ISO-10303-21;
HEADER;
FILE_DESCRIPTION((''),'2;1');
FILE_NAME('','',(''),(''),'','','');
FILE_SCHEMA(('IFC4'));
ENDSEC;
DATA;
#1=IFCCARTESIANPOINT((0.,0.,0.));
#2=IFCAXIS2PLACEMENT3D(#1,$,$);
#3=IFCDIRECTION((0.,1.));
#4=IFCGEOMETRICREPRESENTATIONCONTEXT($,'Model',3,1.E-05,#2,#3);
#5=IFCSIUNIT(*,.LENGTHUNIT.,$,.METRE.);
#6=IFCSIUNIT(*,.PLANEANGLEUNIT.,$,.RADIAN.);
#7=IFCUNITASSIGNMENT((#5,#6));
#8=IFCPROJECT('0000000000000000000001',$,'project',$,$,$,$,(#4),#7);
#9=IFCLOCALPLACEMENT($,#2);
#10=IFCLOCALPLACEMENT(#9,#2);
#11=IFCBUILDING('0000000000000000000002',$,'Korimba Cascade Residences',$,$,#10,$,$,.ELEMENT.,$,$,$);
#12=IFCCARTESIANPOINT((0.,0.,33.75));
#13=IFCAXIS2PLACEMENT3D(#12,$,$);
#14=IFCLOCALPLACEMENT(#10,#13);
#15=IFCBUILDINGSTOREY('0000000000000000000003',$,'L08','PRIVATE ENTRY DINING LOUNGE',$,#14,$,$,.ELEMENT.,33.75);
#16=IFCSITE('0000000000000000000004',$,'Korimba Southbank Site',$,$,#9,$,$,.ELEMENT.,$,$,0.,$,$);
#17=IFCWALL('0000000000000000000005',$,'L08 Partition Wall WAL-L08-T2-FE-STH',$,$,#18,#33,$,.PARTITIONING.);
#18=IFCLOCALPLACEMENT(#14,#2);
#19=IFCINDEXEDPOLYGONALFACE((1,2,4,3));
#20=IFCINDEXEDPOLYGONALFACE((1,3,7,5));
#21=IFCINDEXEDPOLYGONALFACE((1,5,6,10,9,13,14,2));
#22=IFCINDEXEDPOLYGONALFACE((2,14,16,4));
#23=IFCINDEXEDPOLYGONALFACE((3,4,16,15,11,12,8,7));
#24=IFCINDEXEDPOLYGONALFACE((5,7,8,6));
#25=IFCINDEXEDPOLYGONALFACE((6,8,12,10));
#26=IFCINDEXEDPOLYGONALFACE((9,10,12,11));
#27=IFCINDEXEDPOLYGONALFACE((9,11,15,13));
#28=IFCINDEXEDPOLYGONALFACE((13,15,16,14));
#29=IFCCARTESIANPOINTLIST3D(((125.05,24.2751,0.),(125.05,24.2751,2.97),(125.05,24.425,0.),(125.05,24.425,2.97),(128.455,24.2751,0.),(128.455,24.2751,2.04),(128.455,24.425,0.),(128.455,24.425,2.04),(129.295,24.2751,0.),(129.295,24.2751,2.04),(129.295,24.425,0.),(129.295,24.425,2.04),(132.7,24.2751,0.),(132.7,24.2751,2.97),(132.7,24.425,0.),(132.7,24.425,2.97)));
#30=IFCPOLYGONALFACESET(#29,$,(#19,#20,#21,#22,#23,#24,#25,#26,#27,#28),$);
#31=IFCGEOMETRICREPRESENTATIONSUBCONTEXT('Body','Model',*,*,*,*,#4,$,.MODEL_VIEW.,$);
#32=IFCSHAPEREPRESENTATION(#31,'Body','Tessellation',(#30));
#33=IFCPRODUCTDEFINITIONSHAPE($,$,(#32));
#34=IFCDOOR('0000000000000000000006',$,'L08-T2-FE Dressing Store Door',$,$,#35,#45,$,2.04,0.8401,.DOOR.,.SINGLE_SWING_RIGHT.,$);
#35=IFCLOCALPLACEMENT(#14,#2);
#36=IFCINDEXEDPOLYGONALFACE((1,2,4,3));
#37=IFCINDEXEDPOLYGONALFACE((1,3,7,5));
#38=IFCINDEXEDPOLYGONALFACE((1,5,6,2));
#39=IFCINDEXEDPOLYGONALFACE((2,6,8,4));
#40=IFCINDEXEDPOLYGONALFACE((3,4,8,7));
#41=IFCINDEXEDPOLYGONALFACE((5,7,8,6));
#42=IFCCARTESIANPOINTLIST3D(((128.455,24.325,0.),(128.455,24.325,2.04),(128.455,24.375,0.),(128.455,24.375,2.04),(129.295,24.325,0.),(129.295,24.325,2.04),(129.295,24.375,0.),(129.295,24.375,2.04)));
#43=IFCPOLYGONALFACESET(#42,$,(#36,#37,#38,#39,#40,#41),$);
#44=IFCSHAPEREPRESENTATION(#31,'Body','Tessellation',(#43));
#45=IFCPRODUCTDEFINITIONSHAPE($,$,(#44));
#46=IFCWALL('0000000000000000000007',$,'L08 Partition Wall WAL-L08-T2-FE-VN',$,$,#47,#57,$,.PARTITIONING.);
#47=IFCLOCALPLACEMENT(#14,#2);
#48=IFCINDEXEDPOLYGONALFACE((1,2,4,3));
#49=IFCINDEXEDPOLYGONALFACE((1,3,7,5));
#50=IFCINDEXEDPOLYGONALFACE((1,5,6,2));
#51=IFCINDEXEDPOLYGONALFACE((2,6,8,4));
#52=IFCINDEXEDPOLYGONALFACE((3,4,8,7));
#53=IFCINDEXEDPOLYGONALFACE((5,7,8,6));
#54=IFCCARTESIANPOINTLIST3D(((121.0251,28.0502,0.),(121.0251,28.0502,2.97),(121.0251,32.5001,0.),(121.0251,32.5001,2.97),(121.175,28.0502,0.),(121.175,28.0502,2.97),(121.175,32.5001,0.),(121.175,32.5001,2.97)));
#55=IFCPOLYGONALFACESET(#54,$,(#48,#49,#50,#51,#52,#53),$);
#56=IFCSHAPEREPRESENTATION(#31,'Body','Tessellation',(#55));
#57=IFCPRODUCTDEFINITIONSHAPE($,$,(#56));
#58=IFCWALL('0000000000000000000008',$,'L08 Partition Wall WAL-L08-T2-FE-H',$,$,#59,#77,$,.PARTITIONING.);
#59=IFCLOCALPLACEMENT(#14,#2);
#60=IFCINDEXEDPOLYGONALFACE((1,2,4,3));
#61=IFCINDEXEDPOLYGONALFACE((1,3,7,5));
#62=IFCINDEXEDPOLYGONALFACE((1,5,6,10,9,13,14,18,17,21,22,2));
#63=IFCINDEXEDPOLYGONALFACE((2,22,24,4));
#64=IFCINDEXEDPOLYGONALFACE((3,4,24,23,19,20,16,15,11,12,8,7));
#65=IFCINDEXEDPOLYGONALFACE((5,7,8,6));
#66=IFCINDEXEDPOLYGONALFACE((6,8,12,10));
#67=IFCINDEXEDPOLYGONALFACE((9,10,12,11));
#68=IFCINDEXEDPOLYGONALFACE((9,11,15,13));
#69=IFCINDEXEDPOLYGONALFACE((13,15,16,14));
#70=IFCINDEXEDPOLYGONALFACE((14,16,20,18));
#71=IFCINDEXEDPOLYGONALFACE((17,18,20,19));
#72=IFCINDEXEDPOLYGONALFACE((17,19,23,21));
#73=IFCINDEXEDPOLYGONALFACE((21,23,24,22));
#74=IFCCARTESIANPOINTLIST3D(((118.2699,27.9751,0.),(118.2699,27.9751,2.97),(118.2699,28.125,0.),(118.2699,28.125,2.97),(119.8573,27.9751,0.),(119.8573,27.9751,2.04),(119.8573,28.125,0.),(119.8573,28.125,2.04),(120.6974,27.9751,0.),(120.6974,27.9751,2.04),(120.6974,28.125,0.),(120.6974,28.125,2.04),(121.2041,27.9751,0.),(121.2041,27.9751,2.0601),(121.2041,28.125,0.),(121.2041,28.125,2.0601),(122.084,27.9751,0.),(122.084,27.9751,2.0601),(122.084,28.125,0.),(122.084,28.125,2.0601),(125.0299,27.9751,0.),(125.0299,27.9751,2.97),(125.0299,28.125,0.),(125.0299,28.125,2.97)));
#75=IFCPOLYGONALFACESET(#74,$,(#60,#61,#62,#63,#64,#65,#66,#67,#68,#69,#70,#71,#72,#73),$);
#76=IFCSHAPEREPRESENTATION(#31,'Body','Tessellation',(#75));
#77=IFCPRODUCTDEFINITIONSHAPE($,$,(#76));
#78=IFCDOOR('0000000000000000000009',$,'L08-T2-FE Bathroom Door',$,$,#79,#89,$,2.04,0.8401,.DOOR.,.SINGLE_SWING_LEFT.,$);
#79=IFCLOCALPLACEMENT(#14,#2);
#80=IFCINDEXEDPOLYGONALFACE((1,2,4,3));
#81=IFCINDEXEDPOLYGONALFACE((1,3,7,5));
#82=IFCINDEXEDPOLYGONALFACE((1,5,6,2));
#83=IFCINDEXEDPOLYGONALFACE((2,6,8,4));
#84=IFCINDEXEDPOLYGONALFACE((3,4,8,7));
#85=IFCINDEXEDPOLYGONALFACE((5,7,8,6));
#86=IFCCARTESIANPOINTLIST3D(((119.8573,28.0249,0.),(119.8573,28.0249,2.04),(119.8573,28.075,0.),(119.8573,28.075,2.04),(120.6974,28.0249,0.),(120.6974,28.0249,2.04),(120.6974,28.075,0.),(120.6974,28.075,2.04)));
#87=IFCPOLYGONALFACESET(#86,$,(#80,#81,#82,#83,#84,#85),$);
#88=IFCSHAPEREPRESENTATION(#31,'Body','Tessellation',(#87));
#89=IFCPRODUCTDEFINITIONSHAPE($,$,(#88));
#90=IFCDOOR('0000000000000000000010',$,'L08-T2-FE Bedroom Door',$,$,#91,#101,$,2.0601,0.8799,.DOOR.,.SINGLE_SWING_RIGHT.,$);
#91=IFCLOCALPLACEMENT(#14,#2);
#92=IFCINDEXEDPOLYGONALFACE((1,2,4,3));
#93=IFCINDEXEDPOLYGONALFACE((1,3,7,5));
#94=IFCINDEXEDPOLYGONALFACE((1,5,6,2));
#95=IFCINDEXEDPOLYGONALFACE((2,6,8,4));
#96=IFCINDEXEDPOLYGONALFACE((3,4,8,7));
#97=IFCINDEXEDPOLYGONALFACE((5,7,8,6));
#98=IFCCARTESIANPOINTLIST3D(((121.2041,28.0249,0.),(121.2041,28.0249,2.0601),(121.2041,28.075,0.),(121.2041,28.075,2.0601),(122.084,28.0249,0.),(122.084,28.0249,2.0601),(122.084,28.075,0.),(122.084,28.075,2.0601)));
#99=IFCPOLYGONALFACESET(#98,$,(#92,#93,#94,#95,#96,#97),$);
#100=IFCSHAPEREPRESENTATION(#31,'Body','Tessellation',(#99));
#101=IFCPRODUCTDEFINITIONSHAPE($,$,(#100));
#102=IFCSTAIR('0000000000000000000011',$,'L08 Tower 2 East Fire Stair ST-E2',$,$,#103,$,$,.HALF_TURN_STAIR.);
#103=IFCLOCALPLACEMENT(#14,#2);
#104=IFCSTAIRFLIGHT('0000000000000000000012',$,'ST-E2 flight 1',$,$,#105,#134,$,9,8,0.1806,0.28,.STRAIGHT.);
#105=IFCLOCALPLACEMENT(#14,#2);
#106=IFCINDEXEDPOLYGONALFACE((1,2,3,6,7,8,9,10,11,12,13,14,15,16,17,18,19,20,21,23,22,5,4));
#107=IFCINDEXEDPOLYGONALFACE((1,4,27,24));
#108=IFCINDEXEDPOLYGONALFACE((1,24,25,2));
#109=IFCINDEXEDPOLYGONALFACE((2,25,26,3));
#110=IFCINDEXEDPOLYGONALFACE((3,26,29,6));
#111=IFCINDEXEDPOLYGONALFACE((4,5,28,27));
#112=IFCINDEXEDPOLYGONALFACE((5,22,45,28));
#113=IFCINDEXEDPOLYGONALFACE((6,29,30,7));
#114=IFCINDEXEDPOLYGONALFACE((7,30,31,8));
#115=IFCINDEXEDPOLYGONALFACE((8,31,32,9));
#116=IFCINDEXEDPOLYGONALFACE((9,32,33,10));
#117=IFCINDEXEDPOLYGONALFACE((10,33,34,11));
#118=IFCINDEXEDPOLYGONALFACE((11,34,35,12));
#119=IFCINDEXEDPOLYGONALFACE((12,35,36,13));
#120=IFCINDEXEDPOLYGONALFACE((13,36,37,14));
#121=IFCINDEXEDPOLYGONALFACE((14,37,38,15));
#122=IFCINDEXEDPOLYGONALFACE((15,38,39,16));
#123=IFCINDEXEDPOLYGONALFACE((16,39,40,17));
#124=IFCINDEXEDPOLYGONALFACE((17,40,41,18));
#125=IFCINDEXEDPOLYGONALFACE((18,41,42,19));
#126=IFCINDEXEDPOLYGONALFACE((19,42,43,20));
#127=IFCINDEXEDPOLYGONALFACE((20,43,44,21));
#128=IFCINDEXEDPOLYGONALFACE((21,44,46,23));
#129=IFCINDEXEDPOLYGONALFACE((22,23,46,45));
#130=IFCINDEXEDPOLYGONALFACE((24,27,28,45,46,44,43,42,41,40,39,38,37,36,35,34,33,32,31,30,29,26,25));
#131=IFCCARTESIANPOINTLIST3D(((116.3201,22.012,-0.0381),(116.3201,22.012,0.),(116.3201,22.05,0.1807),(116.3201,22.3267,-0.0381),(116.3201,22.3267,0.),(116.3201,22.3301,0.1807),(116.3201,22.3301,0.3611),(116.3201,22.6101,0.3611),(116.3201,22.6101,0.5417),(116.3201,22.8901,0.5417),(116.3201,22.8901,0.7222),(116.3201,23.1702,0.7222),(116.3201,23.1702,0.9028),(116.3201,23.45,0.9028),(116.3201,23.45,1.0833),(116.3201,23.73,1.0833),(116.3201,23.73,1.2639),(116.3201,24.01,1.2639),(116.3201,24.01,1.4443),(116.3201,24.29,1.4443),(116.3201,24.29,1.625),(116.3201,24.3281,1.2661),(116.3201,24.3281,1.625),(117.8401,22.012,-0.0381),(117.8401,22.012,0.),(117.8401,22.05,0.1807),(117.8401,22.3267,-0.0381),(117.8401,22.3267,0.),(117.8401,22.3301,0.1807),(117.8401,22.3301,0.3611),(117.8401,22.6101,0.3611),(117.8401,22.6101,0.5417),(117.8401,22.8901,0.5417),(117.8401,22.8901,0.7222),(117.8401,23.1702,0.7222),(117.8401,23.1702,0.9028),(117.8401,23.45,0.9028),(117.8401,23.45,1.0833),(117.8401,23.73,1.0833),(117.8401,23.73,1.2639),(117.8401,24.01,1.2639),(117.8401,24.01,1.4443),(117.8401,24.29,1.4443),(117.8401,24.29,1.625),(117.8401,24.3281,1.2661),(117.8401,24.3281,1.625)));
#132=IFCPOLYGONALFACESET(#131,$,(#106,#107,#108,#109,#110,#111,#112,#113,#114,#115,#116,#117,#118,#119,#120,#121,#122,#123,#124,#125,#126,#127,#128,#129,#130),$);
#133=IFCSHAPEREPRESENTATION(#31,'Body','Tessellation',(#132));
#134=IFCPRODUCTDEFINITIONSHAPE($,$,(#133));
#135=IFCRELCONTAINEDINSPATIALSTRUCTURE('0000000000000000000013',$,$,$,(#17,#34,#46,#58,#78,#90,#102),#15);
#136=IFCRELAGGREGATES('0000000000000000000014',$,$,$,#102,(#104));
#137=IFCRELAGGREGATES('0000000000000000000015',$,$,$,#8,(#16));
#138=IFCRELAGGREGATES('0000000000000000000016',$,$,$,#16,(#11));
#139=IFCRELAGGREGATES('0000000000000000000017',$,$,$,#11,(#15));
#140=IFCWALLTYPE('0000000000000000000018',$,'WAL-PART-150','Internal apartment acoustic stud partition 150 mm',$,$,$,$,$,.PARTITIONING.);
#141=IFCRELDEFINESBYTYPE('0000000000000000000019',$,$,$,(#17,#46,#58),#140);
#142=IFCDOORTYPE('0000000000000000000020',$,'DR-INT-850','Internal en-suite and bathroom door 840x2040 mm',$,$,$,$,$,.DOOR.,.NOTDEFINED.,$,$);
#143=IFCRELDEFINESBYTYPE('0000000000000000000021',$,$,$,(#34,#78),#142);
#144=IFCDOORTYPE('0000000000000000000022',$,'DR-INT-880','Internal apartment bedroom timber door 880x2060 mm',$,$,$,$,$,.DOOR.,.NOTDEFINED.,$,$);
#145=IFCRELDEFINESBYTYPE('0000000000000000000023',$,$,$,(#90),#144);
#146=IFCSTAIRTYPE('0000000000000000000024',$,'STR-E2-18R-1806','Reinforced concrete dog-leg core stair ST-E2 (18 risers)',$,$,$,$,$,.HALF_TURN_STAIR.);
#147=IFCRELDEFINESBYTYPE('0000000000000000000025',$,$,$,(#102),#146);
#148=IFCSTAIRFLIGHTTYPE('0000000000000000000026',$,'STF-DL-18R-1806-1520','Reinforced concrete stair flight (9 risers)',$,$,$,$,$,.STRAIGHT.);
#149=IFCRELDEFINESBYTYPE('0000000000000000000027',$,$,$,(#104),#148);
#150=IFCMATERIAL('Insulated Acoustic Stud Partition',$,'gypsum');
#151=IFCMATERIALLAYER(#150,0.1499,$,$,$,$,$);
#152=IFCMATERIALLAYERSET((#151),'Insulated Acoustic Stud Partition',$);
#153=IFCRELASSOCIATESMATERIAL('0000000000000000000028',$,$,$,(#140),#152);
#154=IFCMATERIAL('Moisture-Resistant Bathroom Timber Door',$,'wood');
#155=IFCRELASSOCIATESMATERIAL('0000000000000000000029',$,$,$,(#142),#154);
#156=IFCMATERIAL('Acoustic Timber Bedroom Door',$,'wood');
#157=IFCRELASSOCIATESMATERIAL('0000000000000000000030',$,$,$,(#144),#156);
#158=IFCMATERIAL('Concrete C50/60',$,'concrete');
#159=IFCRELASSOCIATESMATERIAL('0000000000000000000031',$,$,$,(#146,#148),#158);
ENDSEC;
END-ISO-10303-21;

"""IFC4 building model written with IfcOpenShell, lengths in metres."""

from ifc_helpers import new_model, si_unit, direction, frame, frame_2d, origin, place, context, subcontext, project, spatial, polyline, rectangle, outline, extrude, material, layer, layer_set, type_object, element, fill, aggregate, save


model = new_model("IFC4")

# Units and contexts
model_context = context("Model", 3, precision=1e-05, world=origin(), true_north=direction((0.0, 1.0)))
body_context = subcontext(model_context, "Body", "Model", "MODEL_VIEW")
ifc_project = project(units=[si_unit("LENGTHUNIT", "METRE"), si_unit("PLANEANGLEUNIT", "RADIAN")], contexts=[model_context])

# Site, building, storey
site_placement = place(None, origin())
site = spatial("IfcSite", under=ifc_project, at=site_placement, Name="Korimba Southbank Site", CompositionType="ELEMENT", RefElevation=0.0)
building_placement = place(site_placement, origin())
building = spatial("IfcBuilding", under=site, at=building_placement, Name="Korimba Cascade Residences", CompositionType="ELEMENT")
storey_placement = place(building_placement, frame((0.0, 0.0, 33.75)))
storey = spatial("IfcBuildingStorey", under=building, at=storey_placement, Name="L08", Description="PRIVATE ENTRY DINING LOUNGE", CompositionType="ELEMENT", Elevation=33.75)

# Shared definitions
ifc_material_1 = material(Name="Concrete C50/60", Category="concrete")

# Wall, opening, door
ifc_material_2 = material(Name="Insulated Acoustic Stud Partition", Category="gypsum")
ifc_layer_1 = layer(ifc_material_2, 0.1499)
ifc_layer_set_1 = layer_set([ifc_layer_1], Name="Insulated Acoustic Stud Partition")
wall_type_1 = type_object("IfcWallType", Name="WAL-PART-150", Description="Internal apartment acoustic stud partition 150 mm", PredefinedType="PARTITIONING", material=ifc_layer_set_1)
wall_1_placement = place(storey_placement, frame((125.05, 24.3501, 0.0), z_axis=(0.0, 0.0, 1.0), x_axis=(1.0, 0.0, 0.0)))
wall_1 = element("IfcWall", 1, at=wall_1_placement, inside=storey, type_object=wall_type_1, Name="L08 Partition Wall WAL-L08-T2-FE-STH", PredefinedType="PARTITIONING", context=body_context, shape_type="SweptSolid", body=[
    extrude(rectangle(XDim=7.6499, YDim=0.1499, at=frame_2d((3.825, 0.0))), origin(), (0.0, 0.0, 1.0), 2.97),
])
opening_1_placement = place(wall_1_placement, frame((3.405, 0.0, 0.0)))
opening_1 = element("IfcOpeningElement", 2, at=opening_1_placement, cuts=wall_1, PredefinedType="OPENING", context=body_context, shape_type="SweptSolid", body=[
    extrude(rectangle(XDim=0.8401, YDim=2.04, at=frame_2d((0.4199, 1.02))), frame((0.0, 0.085, 0.0), z_axis=(0.0, -1.0, 0.0), x_axis=(1.0, 0.0, 0.0)), (0.0, 0.0, 1.0), 0.1699),
])
ifc_material_3 = material(Name="Moisture-Resistant Bathroom Timber Door", Category="wood")
door_type_1 = type_object("IfcDoorType", Name="DR-INT-850", Description="Internal en-suite and bathroom door 840x2040 mm", OperationType="NOTDEFINED", PredefinedType="DOOR", material=ifc_material_3)
door_1_placement = place(opening_1_placement, origin())
door_1 = element("IfcDoor", 3, at=door_1_placement, inside=storey, type_object=door_type_1, Name="L08-T2-FE Dressing Store Door", OperationType="SINGLE_SWING_RIGHT", OverallHeight=2.04, OverallWidth=0.8401, PredefinedType="DOOR", context=body_context, shape_type="SweptSolid", body=[
    extrude(rectangle(XDim=0.8401, YDim=2.04, at=frame_2d((0.4199, 1.02))), frame((0.0, 0.0249, 0.0), z_axis=(0.0, -1.0, 0.0), x_axis=(1.0, 0.0, 0.0)), (0.0, 0.0, 1.0), 0.05),
])
fill(opening_1, door_1)

# Wall
wall_2_placement = place(storey_placement, frame((121.1001, 28.05, 0.0), z_axis=(0.0, 0.0, 1.0), x_axis=(0.0, 1.0, 0.0)))
element("IfcWall", 4, at=wall_2_placement, inside=storey, type_object=wall_type_1, Name="L08 Partition Wall WAL-L08-T2-FE-VN", PredefinedType="PARTITIONING", context=body_context, shape_type="SweptSolid", body=[
    extrude(rectangle(XDim=4.45, YDim=0.1499, at=frame_2d((2.2251, 0.0))), origin(), (0.0, 0.0, 1.0), 2.97),
])

# Wall, openings, doors
wall_3_placement = place(storey_placement, frame((118.27, 28.05, 0.0), z_axis=(0.0, 0.0, 1.0), x_axis=(1.0, 0.0, 0.0)))
wall_3 = element("IfcWall", 5, at=wall_3_placement, inside=storey, type_object=wall_type_1, Name="L08 Partition Wall WAL-L08-T2-FE-H", PredefinedType="PARTITIONING", context=body_context, shape_type="SweptSolid", body=[
    extrude(rectangle(XDim=6.76, YDim=0.1499, at=frame_2d((3.3799, 0.0))), origin(), (0.0, 0.0, 1.0), 2.97),
])
opening_2_placement = place(wall_3_placement, frame((1.5874, 0.0, 0.0)))
opening_2 = element("IfcOpeningElement", 6, at=opening_2_placement, cuts=wall_3, PredefinedType="OPENING", context=body_context, shape_type="SweptSolid", body=[
    extrude(rectangle(XDim=0.8401, YDim=2.04, at=frame_2d((0.4199, 1.02))), frame((0.0, 0.085, 0.0), z_axis=(0.0, -1.0, 0.0), x_axis=(1.0, 0.0, 0.0)), (0.0, 0.0, 1.0), 0.1699),
])
opening_3_placement = place(wall_3_placement, frame((2.9341, 0.0, 0.0)))
opening_3 = element("IfcOpeningElement", 7, at=opening_3_placement, cuts=wall_3, PredefinedType="OPENING", context=body_context, shape_type="SweptSolid", body=[
    extrude(rectangle(XDim=0.8799, YDim=2.0601, at=frame_2d((0.4399, 1.03))), frame((0.0, 0.085, 0.0), z_axis=(0.0, -1.0, 0.0), x_axis=(1.0, 0.0, 0.0)), (0.0, 0.0, 1.0), 0.1699),
])
door_2_placement = place(opening_2_placement, origin())
door_2 = element("IfcDoor", 8, at=door_2_placement, inside=storey, type_object=door_type_1, Name="L08-T2-FE Bathroom Door", OperationType="SINGLE_SWING_LEFT", OverallHeight=2.04, OverallWidth=0.8401, PredefinedType="DOOR", context=body_context, shape_type="SweptSolid", body=[
    extrude(rectangle(XDim=0.8401, YDim=2.04, at=frame_2d((0.4199, 1.02))), frame((0.0, 0.0249, 0.0), z_axis=(0.0, -1.0, 0.0), x_axis=(1.0, 0.0, 0.0)), (0.0, 0.0, 1.0), 0.05),
])
fill(opening_2, door_2)
ifc_material_4 = material(Name="Acoustic Timber Bedroom Door", Category="wood")
door_type_2 = type_object("IfcDoorType", Name="DR-INT-880", Description="Internal apartment bedroom timber door 880x2060 mm", OperationType="NOTDEFINED", PredefinedType="DOOR", material=ifc_material_4)
door_3_placement = place(opening_3_placement, origin())
door_3 = element("IfcDoor", 9, at=door_3_placement, inside=storey, type_object=door_type_2, Name="L08-T2-FE Bedroom Door", OperationType="SINGLE_SWING_RIGHT", OverallHeight=2.0601, OverallWidth=0.8799, PredefinedType="DOOR", context=body_context, shape_type="SweptSolid", body=[
    extrude(rectangle(XDim=0.8799, YDim=2.0601, at=frame_2d((0.4399, 1.03))), frame((0.0, 0.0249, 0.0), z_axis=(0.0, -1.0, 0.0), x_axis=(1.0, 0.0, 0.0)), (0.0, 0.0, 1.0), 0.05),
])
fill(opening_3, door_3)

# Stair, stair flight
stair_type = type_object("IfcStairType", Name="STR-E2-18R-1806", Description="Reinforced concrete dog-leg core stair ST-E2 (18 risers)", PredefinedType="HALF_TURN_STAIR", material=ifc_material_1)
stair_placement = place(storey_placement, origin())
stair = element("IfcStair", 10, at=stair_placement, inside=storey, type_object=stair_type, Name="L08 Tower 2 East Fire Stair ST-E2", PredefinedType="HALF_TURN_STAIR")
stair_flight_type = type_object("IfcStairFlightType", Name="STF-DL-18R-1806-1520", Description="Reinforced concrete stair flight (9 risers)", PredefinedType="STRAIGHT", material=ifc_material_1)
stair_flight_placement = place(storey_placement, frame((117.0801, 22.05, 0.0), z_axis=(0.0, 0.0, 1.0), x_axis=(0.0, 1.0, 0.0)))
stair_flight = element("IfcStairFlight", 11, at=stair_flight_placement, type_object=stair_flight_type, Name="ST-E2 flight 1", NumberOfRisers=9, NumberOfTreads=8, PredefinedType="STRAIGHT", RiserHeight=0.1806, TreadLength=0.28, context=body_context, shape_type="SweptSolid", body=[
    extrude(outline(polyline([(-0.0381, 0.0), (0.0, 0.1807), (0.28, 0.1807), (0.28, 0.3611), (0.5601, 0.3611), (0.5601, 0.5417), (0.8401, 0.5417), (0.8401, 0.7222), (1.1201, 0.7222), (1.1201, 0.9028), (1.3999, 0.9028), (1.3999, 1.0833), (1.6799, 1.0833), (1.6799, 1.2639), (1.96, 1.2639), (1.96, 1.4443), (2.24, 1.4443), (2.24, 1.625), (2.2781, 1.625), (2.2781, 1.2661), (0.2766, 0.0), (0.2766, -0.0381), (-0.0381, -0.0381), (-0.0381, 0.0)])), frame((0.0, 0.76, 0.0), z_axis=(0.0, -1.0, 0.0), x_axis=(1.0, 0.0, 0.0)), (0.0, 0.0, 1.0), 1.52),
])
aggregate(stair, [stair_flight])

save(model, "model.ifc")
